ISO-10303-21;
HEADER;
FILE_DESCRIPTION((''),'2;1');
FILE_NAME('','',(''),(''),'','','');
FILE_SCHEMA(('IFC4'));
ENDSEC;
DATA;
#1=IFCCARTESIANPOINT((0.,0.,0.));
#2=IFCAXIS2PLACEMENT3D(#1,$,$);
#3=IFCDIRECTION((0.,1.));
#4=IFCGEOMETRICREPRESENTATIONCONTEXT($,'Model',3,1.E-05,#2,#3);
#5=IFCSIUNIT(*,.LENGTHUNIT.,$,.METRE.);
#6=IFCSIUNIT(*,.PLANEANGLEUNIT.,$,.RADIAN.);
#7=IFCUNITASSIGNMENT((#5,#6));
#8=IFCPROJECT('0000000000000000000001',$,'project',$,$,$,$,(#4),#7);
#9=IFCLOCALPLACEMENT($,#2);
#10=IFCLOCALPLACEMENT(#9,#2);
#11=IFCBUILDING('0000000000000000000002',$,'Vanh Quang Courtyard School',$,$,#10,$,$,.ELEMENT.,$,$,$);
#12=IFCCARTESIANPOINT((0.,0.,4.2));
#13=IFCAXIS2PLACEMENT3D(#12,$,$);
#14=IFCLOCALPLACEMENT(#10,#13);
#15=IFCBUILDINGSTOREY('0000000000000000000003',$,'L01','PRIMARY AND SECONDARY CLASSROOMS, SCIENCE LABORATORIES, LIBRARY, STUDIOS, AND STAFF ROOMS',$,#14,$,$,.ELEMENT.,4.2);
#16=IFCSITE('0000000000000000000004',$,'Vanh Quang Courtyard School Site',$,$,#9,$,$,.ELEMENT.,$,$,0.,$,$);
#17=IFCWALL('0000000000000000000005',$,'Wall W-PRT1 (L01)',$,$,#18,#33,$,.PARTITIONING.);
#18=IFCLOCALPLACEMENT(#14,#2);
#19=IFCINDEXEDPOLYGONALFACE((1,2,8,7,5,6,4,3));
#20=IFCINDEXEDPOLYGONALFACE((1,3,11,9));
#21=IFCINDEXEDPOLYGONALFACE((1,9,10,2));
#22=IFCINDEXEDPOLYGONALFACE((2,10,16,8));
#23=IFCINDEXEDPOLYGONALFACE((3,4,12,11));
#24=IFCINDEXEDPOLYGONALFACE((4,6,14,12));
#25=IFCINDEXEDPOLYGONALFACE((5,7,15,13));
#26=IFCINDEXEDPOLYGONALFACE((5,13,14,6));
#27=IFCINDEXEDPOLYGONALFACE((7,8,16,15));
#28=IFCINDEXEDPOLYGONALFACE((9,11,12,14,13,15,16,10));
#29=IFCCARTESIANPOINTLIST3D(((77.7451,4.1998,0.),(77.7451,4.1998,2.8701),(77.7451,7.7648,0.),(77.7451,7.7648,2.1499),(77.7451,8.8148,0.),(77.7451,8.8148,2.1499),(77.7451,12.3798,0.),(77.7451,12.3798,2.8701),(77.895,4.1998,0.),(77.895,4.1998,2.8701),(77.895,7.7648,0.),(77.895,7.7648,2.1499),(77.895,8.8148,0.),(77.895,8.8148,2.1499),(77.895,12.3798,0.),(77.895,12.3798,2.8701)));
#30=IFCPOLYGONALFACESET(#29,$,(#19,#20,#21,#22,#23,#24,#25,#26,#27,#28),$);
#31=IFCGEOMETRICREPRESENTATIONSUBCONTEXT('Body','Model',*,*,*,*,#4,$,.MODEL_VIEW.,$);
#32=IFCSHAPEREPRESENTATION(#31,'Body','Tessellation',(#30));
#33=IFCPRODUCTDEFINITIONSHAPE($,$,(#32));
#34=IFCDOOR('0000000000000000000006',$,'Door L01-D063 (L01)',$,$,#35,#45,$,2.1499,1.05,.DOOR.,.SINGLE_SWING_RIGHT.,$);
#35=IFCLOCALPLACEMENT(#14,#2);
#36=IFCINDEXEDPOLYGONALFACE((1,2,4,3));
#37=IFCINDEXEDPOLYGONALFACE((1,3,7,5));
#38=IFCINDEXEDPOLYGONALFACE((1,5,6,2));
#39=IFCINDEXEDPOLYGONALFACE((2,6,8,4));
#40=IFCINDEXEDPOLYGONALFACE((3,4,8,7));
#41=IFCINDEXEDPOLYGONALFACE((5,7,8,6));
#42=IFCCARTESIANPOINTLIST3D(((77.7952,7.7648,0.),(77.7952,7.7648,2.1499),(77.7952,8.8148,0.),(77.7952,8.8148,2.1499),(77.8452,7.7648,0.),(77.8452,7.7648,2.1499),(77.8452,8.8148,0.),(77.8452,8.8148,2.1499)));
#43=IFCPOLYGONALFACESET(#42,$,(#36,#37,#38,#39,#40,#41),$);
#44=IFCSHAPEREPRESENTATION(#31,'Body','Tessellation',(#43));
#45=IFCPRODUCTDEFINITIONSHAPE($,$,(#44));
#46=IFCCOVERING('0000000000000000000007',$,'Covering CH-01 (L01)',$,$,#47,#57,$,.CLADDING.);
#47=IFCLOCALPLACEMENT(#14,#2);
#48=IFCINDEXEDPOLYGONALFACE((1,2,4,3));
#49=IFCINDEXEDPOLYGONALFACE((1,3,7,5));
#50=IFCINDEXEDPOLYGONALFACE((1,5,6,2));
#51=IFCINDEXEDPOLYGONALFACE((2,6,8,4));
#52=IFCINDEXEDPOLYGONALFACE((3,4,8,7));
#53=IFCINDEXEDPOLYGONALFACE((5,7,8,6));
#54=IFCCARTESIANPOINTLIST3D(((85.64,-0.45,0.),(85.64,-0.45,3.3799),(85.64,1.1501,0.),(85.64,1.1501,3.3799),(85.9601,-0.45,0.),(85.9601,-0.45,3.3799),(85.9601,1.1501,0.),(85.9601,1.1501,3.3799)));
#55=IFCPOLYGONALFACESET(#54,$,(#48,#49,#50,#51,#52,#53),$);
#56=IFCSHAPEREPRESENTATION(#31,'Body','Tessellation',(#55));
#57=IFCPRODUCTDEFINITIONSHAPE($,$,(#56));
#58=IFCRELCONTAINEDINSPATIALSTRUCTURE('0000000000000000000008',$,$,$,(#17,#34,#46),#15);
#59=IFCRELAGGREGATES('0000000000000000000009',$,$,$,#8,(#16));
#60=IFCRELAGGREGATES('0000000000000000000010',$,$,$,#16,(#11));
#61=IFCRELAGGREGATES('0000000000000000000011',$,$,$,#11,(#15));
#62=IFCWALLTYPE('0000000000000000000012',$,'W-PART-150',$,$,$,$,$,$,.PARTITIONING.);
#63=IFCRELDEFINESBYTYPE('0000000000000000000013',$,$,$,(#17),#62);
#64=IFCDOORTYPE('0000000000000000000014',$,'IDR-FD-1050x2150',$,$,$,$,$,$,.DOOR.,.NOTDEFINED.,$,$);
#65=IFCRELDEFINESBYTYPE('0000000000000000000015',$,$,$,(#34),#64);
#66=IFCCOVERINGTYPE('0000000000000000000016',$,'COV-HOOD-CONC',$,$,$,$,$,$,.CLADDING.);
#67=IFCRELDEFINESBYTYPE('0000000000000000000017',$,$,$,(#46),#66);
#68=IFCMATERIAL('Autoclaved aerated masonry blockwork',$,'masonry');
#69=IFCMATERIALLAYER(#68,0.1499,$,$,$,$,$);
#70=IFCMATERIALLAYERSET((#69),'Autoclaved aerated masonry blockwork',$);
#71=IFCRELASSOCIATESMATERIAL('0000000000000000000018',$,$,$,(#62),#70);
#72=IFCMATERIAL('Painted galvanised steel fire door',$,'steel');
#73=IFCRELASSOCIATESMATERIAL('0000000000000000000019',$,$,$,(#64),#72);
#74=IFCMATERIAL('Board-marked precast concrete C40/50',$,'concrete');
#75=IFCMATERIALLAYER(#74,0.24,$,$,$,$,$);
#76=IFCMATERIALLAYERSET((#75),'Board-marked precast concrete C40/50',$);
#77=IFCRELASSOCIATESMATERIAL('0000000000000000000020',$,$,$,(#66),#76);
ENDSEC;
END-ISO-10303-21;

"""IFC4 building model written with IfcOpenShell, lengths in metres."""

from ifc_helpers import new_model, si_unit, direction, frame, frame_2d, origin, origin_2d, place, context, subcontext, project, spatial, rectangle, extrude, material, layer, layer_set, type_object, element, fill, save


model = new_model("IFC4")

# Units and contexts
model_context = context("Model", 3, precision=1e-05, world=origin(), true_north=direction((0.0, 1.0)))
body_context = subcontext(model_context, "Body", "Model", "MODEL_VIEW")
ifc_project = project(units=[si_unit("LENGTHUNIT", "METRE"), si_unit("PLANEANGLEUNIT", "RADIAN")], contexts=[model_context])

# Site, building, storey
site_placement = place(None, origin())
site = spatial("IfcSite", under=ifc_project, at=site_placement, Name="Vanh Quang Courtyard School Site", CompositionType="ELEMENT", RefElevation=0.0)
building_placement = place(site_placement, origin())
building = spatial("IfcBuilding", under=site, at=building_placement, Name="Vanh Quang Courtyard School", CompositionType="ELEMENT")
storey_placement = place(building_placement, frame((0.0, 0.0, 4.2)))
storey = spatial("IfcBuildingStorey", under=building, at=storey_placement, Name="L01", Description="PRIMARY AND SECONDARY CLASSROOMS, SCIENCE LABORATORIES, LIBRARY, STUDIOS, AND STAFF ROOMS", CompositionType="ELEMENT", Elevation=4.2)

# Wall, opening, door
ifc_material_1 = material(Name="Autoclaved aerated masonry blockwork", Category="masonry")
ifc_layer_1 = layer(ifc_material_1, 0.1499)
ifc_layer_set_1 = layer_set([ifc_layer_1], Name="Autoclaved aerated masonry blockwork")
wall_type = type_object("IfcWallType", Name="W-PART-150", PredefinedType="PARTITIONING", material=ifc_layer_set_1)
wall_placement = place(storey_placement, frame((77.8201, 4.2, 0.0), z_axis=(0.0, 0.0, 1.0), x_axis=(0.0, 1.0, 0.0)))
wall = element("IfcWall", 1, at=wall_placement, inside=storey, type_object=wall_type, Name="Wall W-PRT1 (L01)", PredefinedType="PARTITIONING", context=body_context, shape_type="SweptSolid", body=[
    extrude(rectangle(XDim=8.1799, YDim=0.1499, at=frame_2d((4.0898, 0.0))), origin(), (0.0, 0.0, 1.0), 2.8701),
])
opening_placement = place(wall_placement, frame((3.5649, 0.0, 0.0)))
opening = element("IfcOpeningElement", 2, at=opening_placement, cuts=wall, PredefinedType="OPENING", context=body_context, shape_type="SweptSolid", body=[
    extrude(rectangle(XDim=1.05, YDim=2.1499, at=frame_2d((0.5249, 1.075))), frame((0.0, 0.085, 0.0), z_axis=(0.0, -1.0, 0.0), x_axis=(1.0, 0.0, 0.0)), (0.0, 0.0, 1.0), 0.1699),
])
ifc_material_2 = material(Name="Painted galvanised steel fire door", Category="steel")
door_type = type_object("IfcDoorType", Name="IDR-FD-1050x2150", OperationType="NOTDEFINED", PredefinedType="DOOR", material=ifc_material_2)
door_placement = place(opening_placement, origin())
door = element("IfcDoor", 3, at=door_placement, inside=storey, type_object=door_type, Name="Door L01-D063 (L01)", OperationType="SINGLE_SWING_RIGHT", OverallHeight=2.1499, OverallWidth=1.05, PredefinedType="DOOR", context=body_context, shape_type="SweptSolid", body=[
    extrude(rectangle(XDim=1.05, YDim=2.1499, at=frame_2d((0.5249, 1.075))), frame((0.0, 0.0249, 0.0), z_axis=(0.0, -1.0, 0.0), x_axis=(1.0, 0.0, 0.0)), (0.0, 0.0, 1.0), 0.05),
])
fill(opening, door)

# Covering
ifc_material_3 = material(Name="Board-marked precast concrete C40/50", Category="concrete")
ifc_layer_2 = layer(ifc_material_3, 0.24)
ifc_layer_set_2 = layer_set([ifc_layer_2], Name="Board-marked precast concrete C40/50")
covering_type = type_object("IfcCoveringType", Name="COV-HOOD-CONC", PredefinedType="CLADDING", material=ifc_layer_set_2)
covering_placement = place(storey_placement, frame((85.8, 0.3501, 0.0), z_axis=(0.0, 0.0, 1.0), x_axis=(0.0, 1.0, 0.0)))
element("IfcCovering", 4, at=covering_placement, inside=storey, type_object=covering_type, Name="Covering CH-01 (L01)", PredefinedType="CLADDING", context=body_context, shape_type="SweptSolid", body=[
    extrude(rectangle(XDim=1.6001, YDim=0.3201, at=origin_2d()), origin(), (0.0, 0.0, 1.0), 3.3799),
])

save(model, "model.ifc")
